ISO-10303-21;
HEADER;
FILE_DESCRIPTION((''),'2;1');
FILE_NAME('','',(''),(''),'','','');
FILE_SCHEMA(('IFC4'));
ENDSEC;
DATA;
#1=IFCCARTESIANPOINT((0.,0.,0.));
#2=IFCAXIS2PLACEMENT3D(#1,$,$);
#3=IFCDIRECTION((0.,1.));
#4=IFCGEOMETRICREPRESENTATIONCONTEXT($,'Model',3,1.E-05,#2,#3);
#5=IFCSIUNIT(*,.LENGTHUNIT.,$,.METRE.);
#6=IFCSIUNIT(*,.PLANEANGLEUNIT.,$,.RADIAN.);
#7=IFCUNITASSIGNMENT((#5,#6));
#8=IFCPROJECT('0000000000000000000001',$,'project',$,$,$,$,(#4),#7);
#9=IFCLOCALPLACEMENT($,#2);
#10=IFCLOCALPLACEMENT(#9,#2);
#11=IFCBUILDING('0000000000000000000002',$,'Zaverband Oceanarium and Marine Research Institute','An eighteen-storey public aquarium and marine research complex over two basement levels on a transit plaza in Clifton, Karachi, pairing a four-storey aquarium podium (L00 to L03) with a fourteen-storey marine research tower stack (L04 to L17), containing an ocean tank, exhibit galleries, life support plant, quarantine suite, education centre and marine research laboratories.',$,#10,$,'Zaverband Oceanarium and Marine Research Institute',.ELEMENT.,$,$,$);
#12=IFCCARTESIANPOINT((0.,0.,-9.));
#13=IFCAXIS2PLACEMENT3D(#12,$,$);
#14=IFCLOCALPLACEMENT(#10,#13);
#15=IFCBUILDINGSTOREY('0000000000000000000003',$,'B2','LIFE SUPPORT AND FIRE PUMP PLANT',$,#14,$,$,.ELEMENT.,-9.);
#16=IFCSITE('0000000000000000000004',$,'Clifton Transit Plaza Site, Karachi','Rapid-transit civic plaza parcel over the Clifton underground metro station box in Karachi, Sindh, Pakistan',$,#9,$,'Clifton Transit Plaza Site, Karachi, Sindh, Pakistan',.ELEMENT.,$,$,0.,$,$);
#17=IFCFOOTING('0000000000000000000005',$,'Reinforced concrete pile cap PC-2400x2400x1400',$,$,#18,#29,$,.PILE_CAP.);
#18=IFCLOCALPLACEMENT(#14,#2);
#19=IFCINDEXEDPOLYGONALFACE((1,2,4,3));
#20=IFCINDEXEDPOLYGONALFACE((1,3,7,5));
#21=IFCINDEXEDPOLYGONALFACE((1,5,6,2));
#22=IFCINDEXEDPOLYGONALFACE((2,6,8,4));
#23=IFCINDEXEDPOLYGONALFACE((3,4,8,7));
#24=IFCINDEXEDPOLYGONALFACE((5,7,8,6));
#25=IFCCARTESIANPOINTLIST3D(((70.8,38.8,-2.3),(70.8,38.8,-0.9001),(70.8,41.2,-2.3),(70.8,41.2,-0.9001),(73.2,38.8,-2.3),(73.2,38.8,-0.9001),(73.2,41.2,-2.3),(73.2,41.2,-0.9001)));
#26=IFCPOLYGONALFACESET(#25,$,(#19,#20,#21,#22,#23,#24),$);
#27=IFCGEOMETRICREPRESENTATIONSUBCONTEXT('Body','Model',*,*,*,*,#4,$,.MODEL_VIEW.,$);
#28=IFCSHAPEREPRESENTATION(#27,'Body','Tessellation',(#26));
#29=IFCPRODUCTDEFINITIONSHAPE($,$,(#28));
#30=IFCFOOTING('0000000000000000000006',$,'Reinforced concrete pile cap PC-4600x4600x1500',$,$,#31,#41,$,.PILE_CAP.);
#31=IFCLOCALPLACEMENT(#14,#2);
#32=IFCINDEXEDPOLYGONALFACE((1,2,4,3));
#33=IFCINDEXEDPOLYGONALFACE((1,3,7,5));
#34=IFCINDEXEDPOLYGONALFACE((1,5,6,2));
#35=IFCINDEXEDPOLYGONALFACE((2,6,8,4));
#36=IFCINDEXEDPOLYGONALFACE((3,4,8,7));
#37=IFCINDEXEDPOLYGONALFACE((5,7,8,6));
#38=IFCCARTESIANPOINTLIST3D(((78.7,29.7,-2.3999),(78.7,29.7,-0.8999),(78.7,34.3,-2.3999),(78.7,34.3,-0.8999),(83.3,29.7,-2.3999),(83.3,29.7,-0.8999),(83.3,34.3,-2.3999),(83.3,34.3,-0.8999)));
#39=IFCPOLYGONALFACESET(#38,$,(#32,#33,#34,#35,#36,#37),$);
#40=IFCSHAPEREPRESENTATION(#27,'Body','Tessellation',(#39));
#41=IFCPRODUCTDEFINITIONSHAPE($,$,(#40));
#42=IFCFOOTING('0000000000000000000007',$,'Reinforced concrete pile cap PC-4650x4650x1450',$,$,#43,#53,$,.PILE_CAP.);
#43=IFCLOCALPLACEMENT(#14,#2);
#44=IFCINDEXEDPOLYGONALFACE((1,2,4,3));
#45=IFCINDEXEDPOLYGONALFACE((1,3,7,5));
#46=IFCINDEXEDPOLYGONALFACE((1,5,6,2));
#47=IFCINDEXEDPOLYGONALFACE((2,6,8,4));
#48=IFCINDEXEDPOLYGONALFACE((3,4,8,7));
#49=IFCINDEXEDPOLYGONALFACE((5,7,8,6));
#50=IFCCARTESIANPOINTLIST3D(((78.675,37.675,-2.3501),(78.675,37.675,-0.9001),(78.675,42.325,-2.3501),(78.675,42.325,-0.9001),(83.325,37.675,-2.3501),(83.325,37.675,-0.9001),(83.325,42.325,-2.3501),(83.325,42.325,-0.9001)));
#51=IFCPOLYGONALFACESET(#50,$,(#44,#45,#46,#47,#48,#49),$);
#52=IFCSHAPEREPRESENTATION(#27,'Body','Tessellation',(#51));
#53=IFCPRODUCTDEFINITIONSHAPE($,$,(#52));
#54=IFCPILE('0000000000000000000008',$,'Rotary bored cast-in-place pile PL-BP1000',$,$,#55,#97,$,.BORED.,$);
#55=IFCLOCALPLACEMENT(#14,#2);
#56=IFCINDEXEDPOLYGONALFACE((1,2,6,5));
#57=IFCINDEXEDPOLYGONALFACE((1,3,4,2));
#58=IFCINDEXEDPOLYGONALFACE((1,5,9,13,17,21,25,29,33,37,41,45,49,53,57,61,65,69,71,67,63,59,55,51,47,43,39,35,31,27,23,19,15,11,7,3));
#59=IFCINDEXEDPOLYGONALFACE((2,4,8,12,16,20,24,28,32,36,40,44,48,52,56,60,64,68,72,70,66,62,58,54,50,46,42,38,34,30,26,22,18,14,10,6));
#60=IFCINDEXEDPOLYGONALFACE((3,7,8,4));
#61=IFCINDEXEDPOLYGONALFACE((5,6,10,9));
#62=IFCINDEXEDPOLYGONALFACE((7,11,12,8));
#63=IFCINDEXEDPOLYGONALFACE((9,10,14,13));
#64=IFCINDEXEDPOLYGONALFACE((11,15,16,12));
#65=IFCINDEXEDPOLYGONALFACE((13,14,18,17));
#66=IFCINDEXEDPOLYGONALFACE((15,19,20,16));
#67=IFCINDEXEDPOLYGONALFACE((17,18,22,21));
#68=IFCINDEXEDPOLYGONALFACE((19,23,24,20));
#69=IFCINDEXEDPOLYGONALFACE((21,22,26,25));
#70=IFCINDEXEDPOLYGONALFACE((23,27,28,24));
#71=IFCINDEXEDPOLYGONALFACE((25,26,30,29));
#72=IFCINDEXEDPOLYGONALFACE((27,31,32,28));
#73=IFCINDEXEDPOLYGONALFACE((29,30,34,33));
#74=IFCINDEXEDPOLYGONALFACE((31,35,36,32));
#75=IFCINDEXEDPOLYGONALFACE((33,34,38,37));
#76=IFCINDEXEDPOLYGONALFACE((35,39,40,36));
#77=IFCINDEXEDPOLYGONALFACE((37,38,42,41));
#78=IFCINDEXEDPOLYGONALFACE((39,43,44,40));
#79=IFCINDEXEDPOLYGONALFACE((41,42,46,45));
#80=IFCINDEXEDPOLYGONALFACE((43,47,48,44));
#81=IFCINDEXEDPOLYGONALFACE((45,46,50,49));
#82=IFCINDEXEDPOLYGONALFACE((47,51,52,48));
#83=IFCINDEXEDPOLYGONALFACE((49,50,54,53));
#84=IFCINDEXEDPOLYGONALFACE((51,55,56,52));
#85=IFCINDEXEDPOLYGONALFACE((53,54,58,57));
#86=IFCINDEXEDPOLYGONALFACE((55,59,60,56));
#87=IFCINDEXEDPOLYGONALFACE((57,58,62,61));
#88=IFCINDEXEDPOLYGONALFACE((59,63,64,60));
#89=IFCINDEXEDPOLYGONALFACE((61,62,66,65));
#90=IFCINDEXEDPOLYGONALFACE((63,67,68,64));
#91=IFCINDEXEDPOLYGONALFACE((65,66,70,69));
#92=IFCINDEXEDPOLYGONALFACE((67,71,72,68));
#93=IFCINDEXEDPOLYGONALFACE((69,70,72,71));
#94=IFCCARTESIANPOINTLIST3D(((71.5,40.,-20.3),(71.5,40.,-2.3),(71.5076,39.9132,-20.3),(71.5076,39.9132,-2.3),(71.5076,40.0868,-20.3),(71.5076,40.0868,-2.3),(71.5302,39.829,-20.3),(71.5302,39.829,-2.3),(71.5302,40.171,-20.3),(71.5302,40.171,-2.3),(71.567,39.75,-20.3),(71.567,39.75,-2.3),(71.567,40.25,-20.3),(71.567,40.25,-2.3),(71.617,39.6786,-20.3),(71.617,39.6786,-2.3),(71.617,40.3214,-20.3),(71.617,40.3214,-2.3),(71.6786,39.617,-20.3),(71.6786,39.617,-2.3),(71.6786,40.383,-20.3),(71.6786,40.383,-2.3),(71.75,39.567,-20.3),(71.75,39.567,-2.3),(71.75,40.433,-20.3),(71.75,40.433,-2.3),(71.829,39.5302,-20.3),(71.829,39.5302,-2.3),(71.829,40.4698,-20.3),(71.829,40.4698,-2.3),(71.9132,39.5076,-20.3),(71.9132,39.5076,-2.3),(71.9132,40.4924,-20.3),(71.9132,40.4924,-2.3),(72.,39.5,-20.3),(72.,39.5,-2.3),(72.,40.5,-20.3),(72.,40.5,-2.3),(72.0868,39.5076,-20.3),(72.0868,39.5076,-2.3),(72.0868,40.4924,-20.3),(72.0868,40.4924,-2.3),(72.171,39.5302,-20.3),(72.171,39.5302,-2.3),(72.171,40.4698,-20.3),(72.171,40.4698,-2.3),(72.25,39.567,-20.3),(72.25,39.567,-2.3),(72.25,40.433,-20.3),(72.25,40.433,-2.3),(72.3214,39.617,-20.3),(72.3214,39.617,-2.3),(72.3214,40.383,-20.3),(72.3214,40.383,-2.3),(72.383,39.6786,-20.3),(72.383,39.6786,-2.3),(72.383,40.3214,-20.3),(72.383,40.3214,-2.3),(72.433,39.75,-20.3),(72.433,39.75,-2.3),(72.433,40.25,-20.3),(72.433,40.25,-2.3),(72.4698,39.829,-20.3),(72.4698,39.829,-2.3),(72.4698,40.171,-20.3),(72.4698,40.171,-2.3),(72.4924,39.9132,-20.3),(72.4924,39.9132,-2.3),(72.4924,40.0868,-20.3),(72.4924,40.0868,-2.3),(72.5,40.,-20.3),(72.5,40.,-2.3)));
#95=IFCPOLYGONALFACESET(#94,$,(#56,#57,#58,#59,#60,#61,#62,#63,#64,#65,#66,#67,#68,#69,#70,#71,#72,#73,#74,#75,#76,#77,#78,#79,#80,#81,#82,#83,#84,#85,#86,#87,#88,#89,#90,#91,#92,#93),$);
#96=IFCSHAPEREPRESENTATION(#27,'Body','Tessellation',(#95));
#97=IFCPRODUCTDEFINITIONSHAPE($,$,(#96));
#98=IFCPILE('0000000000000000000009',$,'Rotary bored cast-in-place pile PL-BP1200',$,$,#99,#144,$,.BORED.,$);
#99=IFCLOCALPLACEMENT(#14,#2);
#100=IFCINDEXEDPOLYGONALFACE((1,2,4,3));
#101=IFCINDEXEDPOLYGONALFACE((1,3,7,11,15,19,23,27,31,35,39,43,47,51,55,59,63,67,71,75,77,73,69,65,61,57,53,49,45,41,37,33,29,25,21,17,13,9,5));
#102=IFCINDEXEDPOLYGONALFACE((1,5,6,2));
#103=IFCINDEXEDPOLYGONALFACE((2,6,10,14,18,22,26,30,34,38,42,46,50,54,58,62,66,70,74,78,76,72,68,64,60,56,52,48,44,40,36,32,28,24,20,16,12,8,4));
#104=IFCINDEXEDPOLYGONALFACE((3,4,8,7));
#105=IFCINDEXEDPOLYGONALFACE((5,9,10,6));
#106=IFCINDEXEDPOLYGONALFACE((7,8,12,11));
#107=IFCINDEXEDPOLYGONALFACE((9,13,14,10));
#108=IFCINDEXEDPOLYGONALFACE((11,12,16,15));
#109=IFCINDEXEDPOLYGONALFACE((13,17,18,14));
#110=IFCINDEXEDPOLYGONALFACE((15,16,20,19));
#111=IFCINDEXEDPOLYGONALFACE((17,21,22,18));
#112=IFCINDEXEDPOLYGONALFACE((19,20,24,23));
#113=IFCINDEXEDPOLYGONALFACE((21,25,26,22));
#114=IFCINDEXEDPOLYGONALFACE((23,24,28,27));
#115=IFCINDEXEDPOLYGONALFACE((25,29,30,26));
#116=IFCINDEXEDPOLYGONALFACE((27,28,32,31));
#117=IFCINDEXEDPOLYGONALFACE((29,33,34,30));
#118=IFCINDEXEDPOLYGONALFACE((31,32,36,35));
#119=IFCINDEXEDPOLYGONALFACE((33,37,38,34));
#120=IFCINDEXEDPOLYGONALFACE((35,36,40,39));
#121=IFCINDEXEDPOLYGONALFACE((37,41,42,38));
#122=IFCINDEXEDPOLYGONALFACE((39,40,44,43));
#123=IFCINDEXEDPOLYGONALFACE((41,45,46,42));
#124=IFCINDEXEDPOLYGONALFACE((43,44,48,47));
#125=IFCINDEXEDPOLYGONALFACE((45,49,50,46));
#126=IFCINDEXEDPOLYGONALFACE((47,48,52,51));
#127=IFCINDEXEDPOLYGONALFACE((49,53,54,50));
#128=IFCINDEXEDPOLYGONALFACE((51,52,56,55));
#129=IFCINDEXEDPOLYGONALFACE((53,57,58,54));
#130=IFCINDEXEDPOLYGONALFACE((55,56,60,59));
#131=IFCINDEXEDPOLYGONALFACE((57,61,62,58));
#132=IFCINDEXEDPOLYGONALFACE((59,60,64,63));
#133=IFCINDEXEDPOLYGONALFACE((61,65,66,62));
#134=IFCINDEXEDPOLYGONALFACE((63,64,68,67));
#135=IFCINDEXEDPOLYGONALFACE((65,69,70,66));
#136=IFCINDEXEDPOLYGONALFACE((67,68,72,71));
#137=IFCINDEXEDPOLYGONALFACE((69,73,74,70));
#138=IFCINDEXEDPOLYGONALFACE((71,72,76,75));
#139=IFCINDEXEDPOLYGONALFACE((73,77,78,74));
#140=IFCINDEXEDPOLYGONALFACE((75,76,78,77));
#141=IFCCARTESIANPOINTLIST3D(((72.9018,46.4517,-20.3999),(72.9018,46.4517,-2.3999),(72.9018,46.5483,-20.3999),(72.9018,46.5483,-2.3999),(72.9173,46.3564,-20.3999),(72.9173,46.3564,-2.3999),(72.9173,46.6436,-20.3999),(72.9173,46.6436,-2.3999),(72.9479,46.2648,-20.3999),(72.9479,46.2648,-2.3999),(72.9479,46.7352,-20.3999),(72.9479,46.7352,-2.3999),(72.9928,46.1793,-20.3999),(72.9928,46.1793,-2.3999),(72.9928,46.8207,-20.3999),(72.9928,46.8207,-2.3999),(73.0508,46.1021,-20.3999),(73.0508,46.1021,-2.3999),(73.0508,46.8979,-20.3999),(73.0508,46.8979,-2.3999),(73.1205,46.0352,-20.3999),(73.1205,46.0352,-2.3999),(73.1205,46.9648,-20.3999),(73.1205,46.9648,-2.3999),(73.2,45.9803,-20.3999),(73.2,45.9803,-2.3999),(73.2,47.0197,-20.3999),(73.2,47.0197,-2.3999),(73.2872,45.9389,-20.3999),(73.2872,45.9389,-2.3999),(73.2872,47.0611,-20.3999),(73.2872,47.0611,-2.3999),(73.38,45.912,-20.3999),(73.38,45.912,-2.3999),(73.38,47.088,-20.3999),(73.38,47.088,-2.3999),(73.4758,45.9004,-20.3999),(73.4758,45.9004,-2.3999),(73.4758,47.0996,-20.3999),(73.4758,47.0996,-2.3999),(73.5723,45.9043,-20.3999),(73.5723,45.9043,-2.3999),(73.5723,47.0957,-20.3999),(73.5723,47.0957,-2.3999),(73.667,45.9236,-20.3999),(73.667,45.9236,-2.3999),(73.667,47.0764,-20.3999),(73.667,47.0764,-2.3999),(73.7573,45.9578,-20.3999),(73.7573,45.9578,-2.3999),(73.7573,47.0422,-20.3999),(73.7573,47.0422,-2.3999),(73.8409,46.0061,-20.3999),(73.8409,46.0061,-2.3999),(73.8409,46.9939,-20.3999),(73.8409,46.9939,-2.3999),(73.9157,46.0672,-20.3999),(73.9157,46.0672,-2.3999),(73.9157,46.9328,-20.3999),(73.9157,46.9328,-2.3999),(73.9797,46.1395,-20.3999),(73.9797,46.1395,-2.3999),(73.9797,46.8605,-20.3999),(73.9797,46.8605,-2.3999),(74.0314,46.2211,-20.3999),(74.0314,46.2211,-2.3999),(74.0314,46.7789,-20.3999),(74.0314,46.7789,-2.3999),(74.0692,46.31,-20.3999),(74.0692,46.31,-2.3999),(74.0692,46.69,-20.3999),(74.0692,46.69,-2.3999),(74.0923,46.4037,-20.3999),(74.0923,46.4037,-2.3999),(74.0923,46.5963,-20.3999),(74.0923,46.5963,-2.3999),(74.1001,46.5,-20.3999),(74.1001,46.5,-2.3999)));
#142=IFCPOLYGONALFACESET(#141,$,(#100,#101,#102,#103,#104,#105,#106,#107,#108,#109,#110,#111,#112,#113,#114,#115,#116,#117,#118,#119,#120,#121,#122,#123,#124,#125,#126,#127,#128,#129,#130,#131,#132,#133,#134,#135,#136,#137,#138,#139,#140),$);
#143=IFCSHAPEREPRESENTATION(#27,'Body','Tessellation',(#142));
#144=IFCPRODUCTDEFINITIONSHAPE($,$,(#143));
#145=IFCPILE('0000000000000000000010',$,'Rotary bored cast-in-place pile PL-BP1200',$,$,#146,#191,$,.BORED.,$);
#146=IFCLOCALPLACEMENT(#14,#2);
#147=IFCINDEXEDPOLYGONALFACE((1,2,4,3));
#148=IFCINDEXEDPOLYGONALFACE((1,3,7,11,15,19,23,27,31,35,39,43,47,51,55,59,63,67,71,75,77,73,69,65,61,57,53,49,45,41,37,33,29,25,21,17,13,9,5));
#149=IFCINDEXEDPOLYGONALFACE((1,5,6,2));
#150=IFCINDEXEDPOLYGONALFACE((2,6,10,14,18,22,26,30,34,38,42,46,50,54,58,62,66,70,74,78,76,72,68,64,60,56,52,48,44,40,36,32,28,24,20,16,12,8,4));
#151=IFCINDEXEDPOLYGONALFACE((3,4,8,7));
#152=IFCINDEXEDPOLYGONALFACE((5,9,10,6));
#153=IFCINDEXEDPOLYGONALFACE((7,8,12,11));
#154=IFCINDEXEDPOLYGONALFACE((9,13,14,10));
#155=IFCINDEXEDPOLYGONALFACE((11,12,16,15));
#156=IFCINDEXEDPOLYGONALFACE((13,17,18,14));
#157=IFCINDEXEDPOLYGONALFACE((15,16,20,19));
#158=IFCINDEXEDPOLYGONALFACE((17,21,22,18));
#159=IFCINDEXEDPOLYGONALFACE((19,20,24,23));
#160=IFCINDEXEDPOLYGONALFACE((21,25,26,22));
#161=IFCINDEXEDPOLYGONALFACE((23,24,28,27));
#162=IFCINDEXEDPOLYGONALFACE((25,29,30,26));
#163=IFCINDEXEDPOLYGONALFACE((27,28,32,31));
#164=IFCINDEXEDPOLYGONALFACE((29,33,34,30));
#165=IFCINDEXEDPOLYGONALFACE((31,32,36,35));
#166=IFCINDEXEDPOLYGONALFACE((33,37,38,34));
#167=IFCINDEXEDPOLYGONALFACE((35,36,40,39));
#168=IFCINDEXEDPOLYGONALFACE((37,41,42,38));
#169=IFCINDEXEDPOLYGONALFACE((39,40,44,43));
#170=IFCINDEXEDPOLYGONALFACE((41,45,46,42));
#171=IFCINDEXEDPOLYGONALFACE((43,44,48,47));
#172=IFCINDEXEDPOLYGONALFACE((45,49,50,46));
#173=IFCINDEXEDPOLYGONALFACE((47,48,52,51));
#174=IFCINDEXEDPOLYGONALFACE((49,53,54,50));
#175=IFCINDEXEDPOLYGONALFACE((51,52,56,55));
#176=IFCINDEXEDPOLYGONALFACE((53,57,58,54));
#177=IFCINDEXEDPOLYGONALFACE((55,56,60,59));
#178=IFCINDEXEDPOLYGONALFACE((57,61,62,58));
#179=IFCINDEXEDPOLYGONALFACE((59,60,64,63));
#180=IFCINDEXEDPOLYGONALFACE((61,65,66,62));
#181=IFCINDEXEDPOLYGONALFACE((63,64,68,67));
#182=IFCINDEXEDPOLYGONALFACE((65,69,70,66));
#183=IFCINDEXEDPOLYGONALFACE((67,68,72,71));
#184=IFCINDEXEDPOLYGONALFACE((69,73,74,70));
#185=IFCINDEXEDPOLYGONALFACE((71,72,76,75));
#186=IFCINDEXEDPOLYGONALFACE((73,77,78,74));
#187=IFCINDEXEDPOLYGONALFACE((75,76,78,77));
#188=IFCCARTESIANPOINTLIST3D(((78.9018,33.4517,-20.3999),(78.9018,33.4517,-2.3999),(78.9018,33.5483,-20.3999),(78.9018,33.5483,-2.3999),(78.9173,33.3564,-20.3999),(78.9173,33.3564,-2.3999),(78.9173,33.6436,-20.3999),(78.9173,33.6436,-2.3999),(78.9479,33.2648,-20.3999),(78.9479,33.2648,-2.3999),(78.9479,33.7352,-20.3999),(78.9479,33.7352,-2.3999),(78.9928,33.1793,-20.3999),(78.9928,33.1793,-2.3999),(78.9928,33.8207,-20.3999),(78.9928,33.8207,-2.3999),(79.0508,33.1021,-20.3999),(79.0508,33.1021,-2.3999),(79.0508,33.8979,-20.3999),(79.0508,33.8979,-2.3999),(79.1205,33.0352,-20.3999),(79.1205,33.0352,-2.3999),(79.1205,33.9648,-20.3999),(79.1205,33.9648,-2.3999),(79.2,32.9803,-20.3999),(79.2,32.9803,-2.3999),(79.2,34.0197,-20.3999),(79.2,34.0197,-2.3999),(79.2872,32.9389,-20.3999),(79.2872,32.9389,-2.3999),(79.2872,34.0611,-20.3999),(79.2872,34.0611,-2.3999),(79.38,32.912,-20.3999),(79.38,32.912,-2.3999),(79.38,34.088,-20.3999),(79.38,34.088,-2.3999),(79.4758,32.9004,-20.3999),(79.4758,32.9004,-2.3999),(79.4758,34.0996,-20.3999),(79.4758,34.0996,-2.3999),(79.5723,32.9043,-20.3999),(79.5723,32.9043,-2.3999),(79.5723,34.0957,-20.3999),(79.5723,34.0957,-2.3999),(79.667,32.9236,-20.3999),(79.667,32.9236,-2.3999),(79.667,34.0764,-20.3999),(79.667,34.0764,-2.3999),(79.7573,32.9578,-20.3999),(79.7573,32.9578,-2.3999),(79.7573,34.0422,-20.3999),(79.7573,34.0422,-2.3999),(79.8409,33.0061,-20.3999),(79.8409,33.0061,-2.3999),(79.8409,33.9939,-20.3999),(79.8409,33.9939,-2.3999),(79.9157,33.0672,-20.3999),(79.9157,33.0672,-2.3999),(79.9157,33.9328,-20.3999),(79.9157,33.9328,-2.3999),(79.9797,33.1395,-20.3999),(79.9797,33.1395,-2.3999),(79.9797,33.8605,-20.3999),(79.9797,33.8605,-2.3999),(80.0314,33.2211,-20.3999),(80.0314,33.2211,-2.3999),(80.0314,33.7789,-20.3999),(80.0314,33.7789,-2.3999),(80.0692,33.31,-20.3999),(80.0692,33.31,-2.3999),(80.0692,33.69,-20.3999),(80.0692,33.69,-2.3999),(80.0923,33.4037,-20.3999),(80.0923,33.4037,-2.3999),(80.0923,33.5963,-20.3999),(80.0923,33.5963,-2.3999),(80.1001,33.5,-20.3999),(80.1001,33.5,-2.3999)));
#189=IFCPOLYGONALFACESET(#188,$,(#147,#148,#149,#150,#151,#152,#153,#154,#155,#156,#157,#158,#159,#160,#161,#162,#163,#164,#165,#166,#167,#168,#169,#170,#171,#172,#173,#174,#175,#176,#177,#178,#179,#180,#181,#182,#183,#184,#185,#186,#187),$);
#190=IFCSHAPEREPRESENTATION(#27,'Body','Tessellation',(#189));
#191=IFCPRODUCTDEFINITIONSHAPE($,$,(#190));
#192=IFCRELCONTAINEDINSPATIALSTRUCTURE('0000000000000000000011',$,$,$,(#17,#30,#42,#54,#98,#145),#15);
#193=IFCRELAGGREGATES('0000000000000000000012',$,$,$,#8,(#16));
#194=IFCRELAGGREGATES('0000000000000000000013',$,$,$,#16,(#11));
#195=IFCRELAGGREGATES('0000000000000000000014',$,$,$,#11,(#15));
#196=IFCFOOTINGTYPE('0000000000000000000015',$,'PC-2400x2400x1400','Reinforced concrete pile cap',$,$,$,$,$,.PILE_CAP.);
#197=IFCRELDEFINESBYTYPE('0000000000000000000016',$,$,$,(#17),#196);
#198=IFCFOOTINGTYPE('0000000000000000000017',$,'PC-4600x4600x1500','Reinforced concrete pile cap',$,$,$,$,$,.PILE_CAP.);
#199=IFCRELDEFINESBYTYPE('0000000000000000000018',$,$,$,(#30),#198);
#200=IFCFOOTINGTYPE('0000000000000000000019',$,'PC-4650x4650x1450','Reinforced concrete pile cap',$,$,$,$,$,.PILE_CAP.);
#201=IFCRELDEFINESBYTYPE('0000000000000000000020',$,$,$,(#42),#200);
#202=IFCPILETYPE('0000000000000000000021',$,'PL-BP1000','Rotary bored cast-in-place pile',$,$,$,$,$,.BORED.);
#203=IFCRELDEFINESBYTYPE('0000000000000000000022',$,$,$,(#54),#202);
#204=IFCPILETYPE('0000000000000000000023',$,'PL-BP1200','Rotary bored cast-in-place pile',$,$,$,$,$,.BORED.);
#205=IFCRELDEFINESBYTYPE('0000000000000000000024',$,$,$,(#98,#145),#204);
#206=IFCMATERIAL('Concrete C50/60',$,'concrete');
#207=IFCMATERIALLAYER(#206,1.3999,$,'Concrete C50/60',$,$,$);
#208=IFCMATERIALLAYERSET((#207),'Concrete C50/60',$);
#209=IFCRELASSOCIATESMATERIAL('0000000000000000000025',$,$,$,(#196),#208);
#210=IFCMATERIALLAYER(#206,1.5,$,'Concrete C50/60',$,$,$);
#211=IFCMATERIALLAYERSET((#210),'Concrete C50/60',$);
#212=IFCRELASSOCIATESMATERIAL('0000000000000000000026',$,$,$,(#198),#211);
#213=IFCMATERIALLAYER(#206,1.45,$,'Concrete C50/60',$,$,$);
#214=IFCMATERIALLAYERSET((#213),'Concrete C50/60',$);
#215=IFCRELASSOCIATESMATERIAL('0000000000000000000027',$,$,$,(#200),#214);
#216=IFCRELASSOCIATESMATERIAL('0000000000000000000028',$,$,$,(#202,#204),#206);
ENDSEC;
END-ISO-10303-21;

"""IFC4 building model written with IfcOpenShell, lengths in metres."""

from ifc_helpers import new_model, si_unit, direction, frame, origin, origin_2d, place, context, subcontext, project, spatial, rectangle, circle, extrude, material, layer, layer_set, material_profile, profile_set, type_object, element, save


model = new_model("IFC4")

# Units and contexts
model_context = context("Model", 3, precision=1e-05, world=origin(), true_north=direction((0.0, 1.0)))
body_context = subcontext(model_context, "Body", "Model", "MODEL_VIEW")
ifc_project = project(units=[si_unit("LENGTHUNIT", "METRE"), si_unit("PLANEANGLEUNIT", "RADIAN")], contexts=[model_context])

# Site, building, storey
site_placement = place(None, origin())
site = spatial("IfcSite", under=ifc_project, at=site_placement, Name="Clifton Transit Plaza Site, Karachi", Description="Rapid-transit civic plaza parcel over the Clifton underground metro station box in Karachi, Sindh, Pakistan", LongName="Clifton Transit Plaza Site, Karachi, Sindh, Pakistan", CompositionType="ELEMENT", RefElevation=0.0)
building_placement = place(site_placement, origin())
building = spatial("IfcBuilding", under=site, at=building_placement, Name="Zaverband Oceanarium and Marine Research Institute", Description="An eighteen-storey public aquarium and marine research complex over two basement levels on a transit plaza in Clifton, Karachi, pairing a four-storey aquarium podium (L00 to L03) with a fourteen-storey marine research tower stack (L04 to L17), containing an ocean tank, exhibit galleries, life support plant, quarantine suite, education centre and marine research laboratories.", LongName="Zaverband Oceanarium and Marine Research Institute", CompositionType="ELEMENT")
storey_placement = place(building_placement, frame((0.0, 0.0, -9.0)))
storey = spatial("IfcBuildingStorey", under=building, at=storey_placement, Name="B2", Description="LIFE SUPPORT AND FIRE PUMP PLANT", CompositionType="ELEMENT", Elevation=-9.0)

# Footings
ifc_material_1 = material(Name="Concrete C50/60", Category="concrete")
ifc_layer_1 = layer(ifc_material_1, 1.3999, Name="Concrete C50/60")
ifc_layer_set_1 = layer_set([ifc_layer_1], Name="Concrete C50/60")
footing_type_1 = type_object("IfcFootingType", Name="PC-2400x2400x1400", Description="Reinforced concrete pile cap", PredefinedType="PILE_CAP", material=ifc_layer_set_1)
footing_1_placement = place(storey_placement, frame((72.0, 40.0, -2.3), z_axis=(0.0, 0.0, 1.0), x_axis=(1.0, 0.0, 0.0)))
element("IfcFooting", 1, at=footing_1_placement, inside=storey, type_object=footing_type_1, Name="Reinforced concrete pile cap PC-2400x2400x1400", PredefinedType="PILE_CAP", context=body_context, shape_type="SweptSolid", body=[
    extrude(rectangle(XDim=2.3999, YDim=2.3999, at=origin_2d()), origin(), (0.0, 0.0, 1.0), 1.3999),
])
ifc_layer_2 = layer(ifc_material_1, 1.5, Name="Concrete C50/60")
ifc_layer_set_2 = layer_set([ifc_layer_2], Name="Concrete C50/60")
footing_type_2 = type_object("IfcFootingType", Name="PC-4600x4600x1500", Description="Reinforced concrete pile cap", PredefinedType="PILE_CAP", material=ifc_layer_set_2)
footing_2_placement = place(storey_placement, frame((81.0, 32.0, -2.3999), z_axis=(0.0, 0.0, 1.0), x_axis=(1.0, 0.0, 0.0)))
element("IfcFooting", 2, at=footing_2_placement, inside=storey, type_object=footing_type_2, Name="Reinforced concrete pile cap PC-4600x4600x1500", PredefinedType="PILE_CAP", context=body_context, shape_type="SweptSolid", body=[
    extrude(rectangle(XDim=4.6001, YDim=4.6001, at=origin_2d()), origin(), (0.0, 0.0, 1.0), 1.5),
])
ifc_layer_3 = layer(ifc_material_1, 1.45, Name="Concrete C50/60")
ifc_layer_set_3 = layer_set([ifc_layer_3], Name="Concrete C50/60")
footing_type_3 = type_object("IfcFootingType", Name="PC-4650x4650x1450", Description="Reinforced concrete pile cap", PredefinedType="PILE_CAP", material=ifc_layer_set_3)
footing_3_placement = place(storey_placement, frame((81.0, 40.0, -2.3501), z_axis=(0.0, 0.0, 1.0), x_axis=(1.0, 0.0, 0.0)))
element("IfcFooting", 3, at=footing_3_placement, inside=storey, type_object=footing_type_3, Name="Reinforced concrete pile cap PC-4650x4650x1450", PredefinedType="PILE_CAP", context=body_context, shape_type="SweptSolid", body=[
    extrude(rectangle(XDim=4.6499, YDim=4.6499, at=origin_2d()), origin(), (0.0, 0.0, 1.0), 1.45),
])

# Piles
ifc_material_profile_1 = material_profile(ifc_material_1, circle(Radius=0.5, at=origin_2d()), Name="BP1000")
ifc_profile_set_1 = profile_set([ifc_material_profile_1], Name="Concrete C50/60")
pile_type_1 = type_object("IfcPileType", Name="PL-BP1000", Description="Rotary bored cast-in-place pile", PredefinedType="BORED", material=ifc_profile_set_1)
pile_placement = place(storey_placement, frame((72.0, 40.0, -2.3), z_axis=(0.0, 0.0, -1.0), x_axis=(1.0, 0.0, 0.0)))
element("IfcPile", 4, at=pile_placement, inside=storey, type_object=pile_type_1, Name="Rotary bored cast-in-place pile PL-BP1000", PredefinedType="BORED", context=body_context, shape_type="SweptSolid", body=[
    extrude(circle(Radius=0.5, at=origin_2d()), origin(), (0.0, 0.0, 1.0), 18.0),
])
ifc_material_profile_2 = material_profile(ifc_material_1, circle(Radius=0.6001, at=origin_2d()), Name="BP1200")
ifc_profile_set_2 = profile_set([ifc_material_profile_2], Name="Concrete C50/60")
pile_type_2 = type_object("IfcPileType", Name="PL-BP1200", Description="Rotary bored cast-in-place pile", PredefinedType="BORED", material=ifc_profile_set_2)
for number, where, z_axis, x_axis, name in (
    (5, (73.5, 46.5, -2.3999), (0.0, 0.0, -1.0), (1.0, 0.0, 0.0), "Rotary bored cast-in-place pile PL-BP1200"),
    (6, (79.5, 33.5, -2.3999), (0.0, 0.0, -1.0), (1.0, 0.0, 0.0), "Rotary bored cast-in-place pile PL-BP1200"),
):
    element("IfcPile", number, at=place(storey_placement, frame(where, z_axis=z_axis, x_axis=x_axis)), inside=storey, type_object=pile_type_2, Name=name, PredefinedType="BORED", context=body_context, shape_type="SweptSolid", body=[
        extrude(circle(Radius=0.6001, at=origin_2d()), origin(), (0.0, 0.0, 1.0), 18.0),
    ])

save(model, "model.ifc")
